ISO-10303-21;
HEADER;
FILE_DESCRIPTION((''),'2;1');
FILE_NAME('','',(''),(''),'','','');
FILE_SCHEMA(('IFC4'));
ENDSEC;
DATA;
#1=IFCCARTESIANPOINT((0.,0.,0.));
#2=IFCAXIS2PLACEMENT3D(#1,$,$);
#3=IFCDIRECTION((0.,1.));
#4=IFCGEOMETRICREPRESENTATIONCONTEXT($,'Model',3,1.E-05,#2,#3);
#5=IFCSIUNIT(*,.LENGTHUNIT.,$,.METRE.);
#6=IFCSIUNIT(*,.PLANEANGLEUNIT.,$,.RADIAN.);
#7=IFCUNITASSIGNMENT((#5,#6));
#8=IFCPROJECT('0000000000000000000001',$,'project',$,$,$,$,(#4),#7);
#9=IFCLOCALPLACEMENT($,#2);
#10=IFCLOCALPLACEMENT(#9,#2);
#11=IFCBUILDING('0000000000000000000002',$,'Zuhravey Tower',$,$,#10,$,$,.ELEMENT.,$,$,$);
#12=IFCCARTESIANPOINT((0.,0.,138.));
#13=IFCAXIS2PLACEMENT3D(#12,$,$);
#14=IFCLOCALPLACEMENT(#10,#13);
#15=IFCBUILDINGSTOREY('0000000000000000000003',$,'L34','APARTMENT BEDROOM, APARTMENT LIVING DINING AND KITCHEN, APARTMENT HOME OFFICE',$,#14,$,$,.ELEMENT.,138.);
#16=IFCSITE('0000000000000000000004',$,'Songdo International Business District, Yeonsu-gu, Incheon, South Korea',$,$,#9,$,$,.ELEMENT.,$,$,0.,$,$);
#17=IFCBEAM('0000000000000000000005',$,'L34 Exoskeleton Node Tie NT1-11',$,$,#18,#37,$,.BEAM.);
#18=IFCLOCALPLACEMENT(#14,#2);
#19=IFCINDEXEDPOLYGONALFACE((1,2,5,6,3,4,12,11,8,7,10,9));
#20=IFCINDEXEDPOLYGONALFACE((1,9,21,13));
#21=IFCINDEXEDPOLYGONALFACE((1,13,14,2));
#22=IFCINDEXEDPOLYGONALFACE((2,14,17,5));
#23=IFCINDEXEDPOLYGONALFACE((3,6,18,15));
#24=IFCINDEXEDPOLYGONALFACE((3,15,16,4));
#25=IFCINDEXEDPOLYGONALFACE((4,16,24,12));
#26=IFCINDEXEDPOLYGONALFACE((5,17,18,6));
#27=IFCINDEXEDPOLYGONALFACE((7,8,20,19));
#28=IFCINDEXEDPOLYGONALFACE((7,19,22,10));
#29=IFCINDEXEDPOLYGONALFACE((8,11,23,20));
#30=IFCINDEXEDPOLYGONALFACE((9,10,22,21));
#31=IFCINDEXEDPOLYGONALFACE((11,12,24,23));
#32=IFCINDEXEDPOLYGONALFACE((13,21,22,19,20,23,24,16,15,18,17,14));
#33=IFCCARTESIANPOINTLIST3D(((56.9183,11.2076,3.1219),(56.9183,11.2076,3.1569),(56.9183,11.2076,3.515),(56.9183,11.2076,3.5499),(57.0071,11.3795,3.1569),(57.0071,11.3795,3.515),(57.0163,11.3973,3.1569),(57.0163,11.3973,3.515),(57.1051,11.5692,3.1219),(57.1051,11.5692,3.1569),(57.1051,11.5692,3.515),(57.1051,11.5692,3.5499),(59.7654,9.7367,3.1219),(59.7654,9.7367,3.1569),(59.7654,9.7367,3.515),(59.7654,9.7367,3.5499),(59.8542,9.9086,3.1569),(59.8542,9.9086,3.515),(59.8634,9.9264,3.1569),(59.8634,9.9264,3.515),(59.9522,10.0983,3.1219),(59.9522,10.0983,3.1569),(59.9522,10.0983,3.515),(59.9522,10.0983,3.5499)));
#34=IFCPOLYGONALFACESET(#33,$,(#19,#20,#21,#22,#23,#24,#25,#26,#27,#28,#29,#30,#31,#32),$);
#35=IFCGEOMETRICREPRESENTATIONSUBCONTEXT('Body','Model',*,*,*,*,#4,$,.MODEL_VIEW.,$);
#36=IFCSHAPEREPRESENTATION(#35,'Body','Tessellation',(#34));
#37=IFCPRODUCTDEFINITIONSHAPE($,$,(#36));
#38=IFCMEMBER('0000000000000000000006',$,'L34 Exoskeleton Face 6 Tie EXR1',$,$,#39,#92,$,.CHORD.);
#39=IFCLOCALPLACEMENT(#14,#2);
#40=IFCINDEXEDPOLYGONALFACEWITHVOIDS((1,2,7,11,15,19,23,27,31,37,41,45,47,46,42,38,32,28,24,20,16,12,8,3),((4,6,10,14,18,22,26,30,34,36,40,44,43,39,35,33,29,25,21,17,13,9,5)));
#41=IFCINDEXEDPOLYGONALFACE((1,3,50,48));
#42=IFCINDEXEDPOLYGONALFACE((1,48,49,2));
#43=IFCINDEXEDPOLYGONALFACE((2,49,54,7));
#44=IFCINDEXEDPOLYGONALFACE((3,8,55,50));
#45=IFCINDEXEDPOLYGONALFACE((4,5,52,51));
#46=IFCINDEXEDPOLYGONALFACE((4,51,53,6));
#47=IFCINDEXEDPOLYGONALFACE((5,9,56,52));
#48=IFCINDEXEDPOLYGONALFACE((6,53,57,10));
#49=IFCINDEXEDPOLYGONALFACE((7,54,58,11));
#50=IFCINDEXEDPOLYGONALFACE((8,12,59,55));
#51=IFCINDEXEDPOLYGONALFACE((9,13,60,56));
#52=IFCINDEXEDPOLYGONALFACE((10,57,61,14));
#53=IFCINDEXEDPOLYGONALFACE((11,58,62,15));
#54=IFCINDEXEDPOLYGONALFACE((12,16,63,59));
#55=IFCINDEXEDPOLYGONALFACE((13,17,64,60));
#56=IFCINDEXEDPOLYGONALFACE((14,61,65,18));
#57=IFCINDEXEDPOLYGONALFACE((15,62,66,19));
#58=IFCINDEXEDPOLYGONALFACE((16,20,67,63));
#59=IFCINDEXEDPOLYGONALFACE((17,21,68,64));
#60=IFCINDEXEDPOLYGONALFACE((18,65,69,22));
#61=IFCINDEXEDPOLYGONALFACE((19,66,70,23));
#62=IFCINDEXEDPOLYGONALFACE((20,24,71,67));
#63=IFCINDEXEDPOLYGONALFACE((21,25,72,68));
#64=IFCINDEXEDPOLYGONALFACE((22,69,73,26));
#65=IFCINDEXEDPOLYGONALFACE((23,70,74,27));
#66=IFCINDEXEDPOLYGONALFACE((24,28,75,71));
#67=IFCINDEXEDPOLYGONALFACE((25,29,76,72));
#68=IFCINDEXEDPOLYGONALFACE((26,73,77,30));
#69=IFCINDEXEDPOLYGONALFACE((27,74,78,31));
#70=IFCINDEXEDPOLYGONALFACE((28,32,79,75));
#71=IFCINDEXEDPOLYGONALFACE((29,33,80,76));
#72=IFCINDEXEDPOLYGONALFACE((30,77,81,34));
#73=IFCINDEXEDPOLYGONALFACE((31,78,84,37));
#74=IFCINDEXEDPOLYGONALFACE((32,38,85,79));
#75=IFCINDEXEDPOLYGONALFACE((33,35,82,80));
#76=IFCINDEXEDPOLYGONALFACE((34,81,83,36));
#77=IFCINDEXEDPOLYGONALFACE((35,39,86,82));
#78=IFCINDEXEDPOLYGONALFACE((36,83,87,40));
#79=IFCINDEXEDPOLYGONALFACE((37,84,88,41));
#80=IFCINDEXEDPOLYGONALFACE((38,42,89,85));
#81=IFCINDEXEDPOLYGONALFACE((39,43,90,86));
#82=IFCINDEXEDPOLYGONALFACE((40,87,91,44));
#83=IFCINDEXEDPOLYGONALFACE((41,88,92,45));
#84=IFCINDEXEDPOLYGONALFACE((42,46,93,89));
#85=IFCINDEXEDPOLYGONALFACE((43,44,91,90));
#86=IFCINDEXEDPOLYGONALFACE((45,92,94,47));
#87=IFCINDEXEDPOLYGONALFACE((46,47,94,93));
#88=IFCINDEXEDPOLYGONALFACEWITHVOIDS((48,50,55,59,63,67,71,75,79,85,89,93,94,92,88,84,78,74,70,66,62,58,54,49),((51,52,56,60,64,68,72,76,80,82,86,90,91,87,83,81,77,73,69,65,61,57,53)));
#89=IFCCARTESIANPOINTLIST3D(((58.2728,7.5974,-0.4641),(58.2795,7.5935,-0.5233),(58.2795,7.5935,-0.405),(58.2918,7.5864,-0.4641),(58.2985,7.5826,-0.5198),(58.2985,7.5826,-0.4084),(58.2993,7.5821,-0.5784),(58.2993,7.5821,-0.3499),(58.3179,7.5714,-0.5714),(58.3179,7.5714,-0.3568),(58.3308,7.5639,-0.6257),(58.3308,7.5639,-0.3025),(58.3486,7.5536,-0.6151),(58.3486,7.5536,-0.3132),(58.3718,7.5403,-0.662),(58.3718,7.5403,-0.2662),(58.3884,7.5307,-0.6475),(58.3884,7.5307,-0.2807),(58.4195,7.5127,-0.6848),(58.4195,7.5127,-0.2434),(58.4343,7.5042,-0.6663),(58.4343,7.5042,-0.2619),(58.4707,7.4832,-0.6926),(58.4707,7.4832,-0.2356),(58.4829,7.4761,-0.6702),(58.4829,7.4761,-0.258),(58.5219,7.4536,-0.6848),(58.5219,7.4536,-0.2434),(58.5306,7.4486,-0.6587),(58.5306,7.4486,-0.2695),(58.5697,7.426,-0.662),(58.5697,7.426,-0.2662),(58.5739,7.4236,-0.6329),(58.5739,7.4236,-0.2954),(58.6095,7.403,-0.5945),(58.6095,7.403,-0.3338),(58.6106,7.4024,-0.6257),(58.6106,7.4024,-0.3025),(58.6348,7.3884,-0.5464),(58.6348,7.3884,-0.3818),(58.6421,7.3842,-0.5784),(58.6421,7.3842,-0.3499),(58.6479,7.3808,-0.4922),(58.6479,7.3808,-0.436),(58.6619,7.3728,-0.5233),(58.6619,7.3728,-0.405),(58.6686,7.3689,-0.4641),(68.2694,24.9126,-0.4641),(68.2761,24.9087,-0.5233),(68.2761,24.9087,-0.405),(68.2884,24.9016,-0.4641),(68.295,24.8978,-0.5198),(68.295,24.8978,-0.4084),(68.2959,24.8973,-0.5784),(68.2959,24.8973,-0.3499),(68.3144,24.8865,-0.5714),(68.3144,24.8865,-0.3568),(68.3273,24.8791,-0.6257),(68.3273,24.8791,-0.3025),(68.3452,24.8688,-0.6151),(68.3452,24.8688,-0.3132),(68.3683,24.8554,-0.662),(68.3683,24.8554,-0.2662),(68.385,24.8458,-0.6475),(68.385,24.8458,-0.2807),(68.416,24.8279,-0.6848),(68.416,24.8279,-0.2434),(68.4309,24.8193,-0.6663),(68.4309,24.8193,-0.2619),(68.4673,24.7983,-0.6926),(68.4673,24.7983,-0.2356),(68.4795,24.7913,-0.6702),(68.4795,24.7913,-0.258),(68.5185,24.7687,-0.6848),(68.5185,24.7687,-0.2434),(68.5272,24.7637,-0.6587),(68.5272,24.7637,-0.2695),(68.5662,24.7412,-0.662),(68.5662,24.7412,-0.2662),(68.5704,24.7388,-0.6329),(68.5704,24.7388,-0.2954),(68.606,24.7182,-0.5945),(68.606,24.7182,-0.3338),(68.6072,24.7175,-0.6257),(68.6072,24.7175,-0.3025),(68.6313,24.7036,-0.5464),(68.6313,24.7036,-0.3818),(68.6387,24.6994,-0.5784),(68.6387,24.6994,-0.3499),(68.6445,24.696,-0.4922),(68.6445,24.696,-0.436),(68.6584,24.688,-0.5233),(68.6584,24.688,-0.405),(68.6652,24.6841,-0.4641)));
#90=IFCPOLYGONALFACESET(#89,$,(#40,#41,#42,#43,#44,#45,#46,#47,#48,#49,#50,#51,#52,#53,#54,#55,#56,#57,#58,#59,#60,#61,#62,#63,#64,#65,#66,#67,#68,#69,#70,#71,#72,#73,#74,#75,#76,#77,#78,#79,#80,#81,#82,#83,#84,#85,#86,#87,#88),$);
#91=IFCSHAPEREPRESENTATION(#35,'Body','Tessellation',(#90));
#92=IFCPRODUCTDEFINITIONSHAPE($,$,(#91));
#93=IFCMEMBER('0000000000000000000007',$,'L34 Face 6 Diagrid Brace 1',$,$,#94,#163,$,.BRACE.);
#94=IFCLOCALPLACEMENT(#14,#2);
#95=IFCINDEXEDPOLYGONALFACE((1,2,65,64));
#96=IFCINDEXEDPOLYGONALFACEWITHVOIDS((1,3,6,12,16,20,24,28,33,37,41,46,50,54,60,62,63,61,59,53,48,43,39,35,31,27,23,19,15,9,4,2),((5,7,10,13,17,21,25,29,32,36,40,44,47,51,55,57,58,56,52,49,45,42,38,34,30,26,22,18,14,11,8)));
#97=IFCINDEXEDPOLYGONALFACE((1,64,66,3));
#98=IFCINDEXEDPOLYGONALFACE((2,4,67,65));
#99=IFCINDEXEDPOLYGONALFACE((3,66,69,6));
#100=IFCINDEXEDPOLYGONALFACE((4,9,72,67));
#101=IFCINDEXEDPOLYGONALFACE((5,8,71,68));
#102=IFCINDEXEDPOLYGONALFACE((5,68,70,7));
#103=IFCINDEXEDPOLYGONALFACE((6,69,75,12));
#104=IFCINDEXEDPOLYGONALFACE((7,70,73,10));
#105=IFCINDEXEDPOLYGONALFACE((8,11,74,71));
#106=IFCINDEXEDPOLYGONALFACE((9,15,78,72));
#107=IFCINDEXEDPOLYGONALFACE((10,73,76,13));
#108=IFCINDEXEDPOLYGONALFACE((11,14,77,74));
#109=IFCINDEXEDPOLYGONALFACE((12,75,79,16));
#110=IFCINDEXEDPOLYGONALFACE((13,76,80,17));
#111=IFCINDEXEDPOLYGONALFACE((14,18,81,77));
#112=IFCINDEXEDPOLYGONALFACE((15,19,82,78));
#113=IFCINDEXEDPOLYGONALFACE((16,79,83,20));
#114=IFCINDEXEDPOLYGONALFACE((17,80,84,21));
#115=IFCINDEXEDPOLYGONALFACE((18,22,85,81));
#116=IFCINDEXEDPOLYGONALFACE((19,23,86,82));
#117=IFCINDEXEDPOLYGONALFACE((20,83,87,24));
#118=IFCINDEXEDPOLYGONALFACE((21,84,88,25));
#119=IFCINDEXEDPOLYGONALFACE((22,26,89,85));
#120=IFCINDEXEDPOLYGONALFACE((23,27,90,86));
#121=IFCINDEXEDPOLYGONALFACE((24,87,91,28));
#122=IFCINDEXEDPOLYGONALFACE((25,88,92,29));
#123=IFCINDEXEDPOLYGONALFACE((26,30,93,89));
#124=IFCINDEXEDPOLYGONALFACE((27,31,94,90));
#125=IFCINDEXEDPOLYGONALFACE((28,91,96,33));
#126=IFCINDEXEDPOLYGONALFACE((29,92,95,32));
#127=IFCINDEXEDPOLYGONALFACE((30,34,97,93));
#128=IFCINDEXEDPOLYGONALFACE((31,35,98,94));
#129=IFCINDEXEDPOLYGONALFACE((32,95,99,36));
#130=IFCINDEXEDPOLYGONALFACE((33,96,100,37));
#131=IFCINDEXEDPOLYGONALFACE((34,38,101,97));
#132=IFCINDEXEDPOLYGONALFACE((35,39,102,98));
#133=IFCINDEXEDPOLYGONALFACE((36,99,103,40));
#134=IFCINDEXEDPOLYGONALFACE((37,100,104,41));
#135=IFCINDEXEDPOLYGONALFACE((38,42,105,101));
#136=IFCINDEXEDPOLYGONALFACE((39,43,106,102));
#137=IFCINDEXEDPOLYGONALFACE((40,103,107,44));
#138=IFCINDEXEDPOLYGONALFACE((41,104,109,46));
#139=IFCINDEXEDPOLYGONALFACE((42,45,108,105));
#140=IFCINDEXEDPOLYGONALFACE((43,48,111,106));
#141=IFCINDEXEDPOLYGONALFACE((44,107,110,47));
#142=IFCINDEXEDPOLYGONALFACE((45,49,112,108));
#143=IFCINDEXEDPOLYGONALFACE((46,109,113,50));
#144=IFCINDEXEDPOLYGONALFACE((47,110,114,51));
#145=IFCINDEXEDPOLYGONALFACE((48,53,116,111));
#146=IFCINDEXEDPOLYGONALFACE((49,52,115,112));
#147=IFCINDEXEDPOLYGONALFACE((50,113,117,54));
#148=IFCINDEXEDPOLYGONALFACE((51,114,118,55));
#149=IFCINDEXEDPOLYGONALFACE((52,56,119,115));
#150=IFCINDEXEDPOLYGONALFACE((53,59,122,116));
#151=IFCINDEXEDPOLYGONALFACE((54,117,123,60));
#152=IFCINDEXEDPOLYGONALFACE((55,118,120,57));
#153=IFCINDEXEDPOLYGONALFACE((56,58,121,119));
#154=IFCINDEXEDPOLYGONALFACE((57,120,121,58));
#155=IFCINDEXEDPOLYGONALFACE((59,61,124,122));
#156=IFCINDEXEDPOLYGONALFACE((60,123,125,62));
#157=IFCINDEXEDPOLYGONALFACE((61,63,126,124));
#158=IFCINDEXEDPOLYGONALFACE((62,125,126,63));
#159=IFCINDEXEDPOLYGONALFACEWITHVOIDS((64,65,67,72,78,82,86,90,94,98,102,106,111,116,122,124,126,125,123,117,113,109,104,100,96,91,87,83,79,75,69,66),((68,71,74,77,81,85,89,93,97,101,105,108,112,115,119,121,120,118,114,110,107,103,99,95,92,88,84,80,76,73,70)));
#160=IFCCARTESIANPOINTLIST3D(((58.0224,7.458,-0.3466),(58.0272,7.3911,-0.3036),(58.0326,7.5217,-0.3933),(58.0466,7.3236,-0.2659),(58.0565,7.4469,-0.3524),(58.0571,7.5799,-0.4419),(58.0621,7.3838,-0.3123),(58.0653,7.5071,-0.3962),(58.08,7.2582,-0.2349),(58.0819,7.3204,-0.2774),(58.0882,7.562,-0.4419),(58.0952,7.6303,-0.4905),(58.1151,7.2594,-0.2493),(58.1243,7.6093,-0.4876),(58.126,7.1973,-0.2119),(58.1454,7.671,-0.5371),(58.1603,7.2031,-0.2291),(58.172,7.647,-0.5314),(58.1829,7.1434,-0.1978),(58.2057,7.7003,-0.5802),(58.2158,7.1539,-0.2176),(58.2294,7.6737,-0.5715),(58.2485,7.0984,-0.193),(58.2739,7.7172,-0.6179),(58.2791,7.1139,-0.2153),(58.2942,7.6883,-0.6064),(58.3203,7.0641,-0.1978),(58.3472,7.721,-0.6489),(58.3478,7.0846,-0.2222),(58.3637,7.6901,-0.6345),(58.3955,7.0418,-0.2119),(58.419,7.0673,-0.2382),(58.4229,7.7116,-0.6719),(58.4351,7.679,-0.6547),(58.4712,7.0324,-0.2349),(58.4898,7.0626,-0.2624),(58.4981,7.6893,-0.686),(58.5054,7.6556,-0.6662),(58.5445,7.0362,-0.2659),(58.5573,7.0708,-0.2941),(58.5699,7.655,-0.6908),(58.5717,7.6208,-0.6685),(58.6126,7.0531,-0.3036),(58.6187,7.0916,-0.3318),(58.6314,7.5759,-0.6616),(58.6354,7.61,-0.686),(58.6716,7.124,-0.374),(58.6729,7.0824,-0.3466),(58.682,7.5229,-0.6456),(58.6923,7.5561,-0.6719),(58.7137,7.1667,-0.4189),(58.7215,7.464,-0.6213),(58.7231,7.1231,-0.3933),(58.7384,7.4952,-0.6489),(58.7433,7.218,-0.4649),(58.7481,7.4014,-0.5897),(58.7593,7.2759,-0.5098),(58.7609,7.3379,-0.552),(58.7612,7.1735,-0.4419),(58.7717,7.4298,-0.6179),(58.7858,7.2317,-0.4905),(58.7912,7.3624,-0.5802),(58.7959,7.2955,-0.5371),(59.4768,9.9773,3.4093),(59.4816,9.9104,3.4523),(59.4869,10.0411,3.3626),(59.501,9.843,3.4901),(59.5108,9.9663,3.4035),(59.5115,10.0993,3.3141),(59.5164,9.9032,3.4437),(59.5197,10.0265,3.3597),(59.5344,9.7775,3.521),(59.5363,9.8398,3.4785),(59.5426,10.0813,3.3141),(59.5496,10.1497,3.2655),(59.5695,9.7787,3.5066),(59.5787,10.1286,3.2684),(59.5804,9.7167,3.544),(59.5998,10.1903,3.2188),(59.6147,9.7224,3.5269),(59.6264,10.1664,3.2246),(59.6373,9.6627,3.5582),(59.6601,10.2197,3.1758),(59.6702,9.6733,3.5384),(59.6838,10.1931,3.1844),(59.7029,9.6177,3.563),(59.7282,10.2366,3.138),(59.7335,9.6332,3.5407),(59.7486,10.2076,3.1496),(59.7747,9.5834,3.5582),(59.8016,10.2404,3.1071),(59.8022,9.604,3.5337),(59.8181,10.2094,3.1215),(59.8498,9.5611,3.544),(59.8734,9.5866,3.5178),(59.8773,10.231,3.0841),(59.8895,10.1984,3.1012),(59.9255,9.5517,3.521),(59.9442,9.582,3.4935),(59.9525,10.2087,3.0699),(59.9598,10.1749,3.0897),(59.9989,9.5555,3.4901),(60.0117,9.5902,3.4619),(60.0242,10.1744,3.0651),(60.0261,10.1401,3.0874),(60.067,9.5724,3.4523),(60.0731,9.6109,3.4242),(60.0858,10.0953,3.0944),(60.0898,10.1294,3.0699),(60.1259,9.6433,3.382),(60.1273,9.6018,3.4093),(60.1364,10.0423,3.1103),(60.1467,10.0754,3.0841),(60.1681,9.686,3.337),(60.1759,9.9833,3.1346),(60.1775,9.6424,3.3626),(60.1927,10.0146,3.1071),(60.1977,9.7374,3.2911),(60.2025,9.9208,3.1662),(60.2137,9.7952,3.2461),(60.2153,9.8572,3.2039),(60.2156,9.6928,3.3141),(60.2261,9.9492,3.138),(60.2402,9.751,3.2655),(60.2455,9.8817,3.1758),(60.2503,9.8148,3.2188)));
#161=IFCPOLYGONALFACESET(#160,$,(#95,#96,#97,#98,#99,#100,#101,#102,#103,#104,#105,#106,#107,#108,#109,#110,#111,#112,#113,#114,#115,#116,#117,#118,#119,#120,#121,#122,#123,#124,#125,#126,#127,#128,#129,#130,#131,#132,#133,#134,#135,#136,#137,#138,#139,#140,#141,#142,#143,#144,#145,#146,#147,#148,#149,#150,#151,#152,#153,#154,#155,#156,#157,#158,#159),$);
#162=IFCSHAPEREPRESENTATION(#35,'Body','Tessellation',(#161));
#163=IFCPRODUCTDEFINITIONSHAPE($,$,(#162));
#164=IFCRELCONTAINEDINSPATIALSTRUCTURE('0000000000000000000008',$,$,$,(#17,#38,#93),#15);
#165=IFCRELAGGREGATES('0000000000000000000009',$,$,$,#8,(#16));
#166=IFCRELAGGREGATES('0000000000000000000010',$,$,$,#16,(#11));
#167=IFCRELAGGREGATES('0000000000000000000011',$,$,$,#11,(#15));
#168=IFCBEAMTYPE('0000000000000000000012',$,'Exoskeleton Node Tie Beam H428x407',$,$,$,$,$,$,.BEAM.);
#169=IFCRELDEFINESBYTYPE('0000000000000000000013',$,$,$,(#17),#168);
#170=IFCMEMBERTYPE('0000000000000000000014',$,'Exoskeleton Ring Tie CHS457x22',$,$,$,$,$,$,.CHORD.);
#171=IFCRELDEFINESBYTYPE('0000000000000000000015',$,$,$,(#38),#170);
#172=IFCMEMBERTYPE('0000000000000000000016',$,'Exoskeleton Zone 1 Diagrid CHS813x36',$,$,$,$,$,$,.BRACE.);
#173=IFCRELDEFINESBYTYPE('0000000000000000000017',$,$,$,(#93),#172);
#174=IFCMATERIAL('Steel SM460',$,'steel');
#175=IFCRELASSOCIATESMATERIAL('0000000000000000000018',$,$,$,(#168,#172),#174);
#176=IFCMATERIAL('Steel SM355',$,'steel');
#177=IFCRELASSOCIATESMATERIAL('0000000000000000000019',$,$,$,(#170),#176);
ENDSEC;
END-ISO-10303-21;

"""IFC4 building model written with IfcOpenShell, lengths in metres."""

from ifc_helpers import new_model, si_unit, direction, frame, origin, origin_2d, place, context, subcontext, project, spatial, hollow_circle, i_section, extrude, material, material_profile, profile_set, type_object, element, save


model = new_model("IFC4")

# Units and contexts
model_context = context("Model", 3, precision=1e-05, world=origin(), true_north=direction((0.0, 1.0)))
body_context = subcontext(model_context, "Body", "Model", "MODEL_VIEW")
ifc_project = project(units=[si_unit("LENGTHUNIT", "METRE"), si_unit("PLANEANGLEUNIT", "RADIAN")], contexts=[model_context])

# Site, building, storey
site_placement = place(None, origin())
site = spatial("IfcSite", under=ifc_project, at=site_placement, Name="Songdo International Business District, Yeonsu-gu, Incheon, South Korea", CompositionType="ELEMENT", RefElevation=0.0)
building_placement = place(site_placement, origin())
building = spatial("IfcBuilding", under=site, at=building_placement, Name="Zuhravey Tower", CompositionType="ELEMENT")
storey_placement = place(building_placement, frame((0.0, 0.0, 138.0)))
storey = spatial("IfcBuildingStorey", under=building, at=storey_placement, Name="L34", Description="APARTMENT BEDROOM, APARTMENT LIVING DINING AND KITCHEN, APARTMENT HOME OFFICE", CompositionType="ELEMENT", Elevation=138.0)

# Beam
ifc_material_1 = material(Name="Steel SM460", Category="steel")
ifc_material_profile_1 = material_profile(ifc_material_1, i_section(OverallWidth=0.407, OverallDepth=0.428, WebThickness=0.02, FlangeThickness=0.0349, at=origin_2d()), Name="H-428x407x20x35")
ifc_profile_set_1 = profile_set([ifc_material_profile_1], Name="Steel SM460")
beam_type_1 = type_object("IfcBeamType", Name="Exoskeleton Node Tie Beam H428x407", PredefinedType="BEAM", material=ifc_profile_set_1)
beam_1_placement = place(storey_placement, frame((57.0117, 11.3884, 3.3359), z_axis=(0.888437, -0.458998, 0.0), x_axis=(0.458998, 0.888437, 0.0)))
element("IfcBeam", 1, at=beam_1_placement, inside=storey, type_object=beam_type_1, Name="L34 Exoskeleton Node Tie NT1-11", PredefinedType="BEAM", context=body_context, shape_type="SweptSolid", body=[
    extrude(i_section(OverallWidth=0.407, OverallDepth=0.428, WebThickness=0.02, FlangeThickness=0.0349, at=origin_2d()), origin(), (0.0, 0.0, 1.0), 3.2046),
])

# Members
ifc_material_2 = material(Name="Steel SM355", Category="steel")
ifc_material_profile_2 = material_profile(ifc_material_2, hollow_circle(Radius=0.2285, WallThickness=0.022, at=origin_2d()), Name="CHS-457.2x22")
ifc_profile_set_2 = profile_set([ifc_material_profile_2], Name="Steel SM355")
member_type_1 = type_object("IfcMemberType", Name="Exoskeleton Ring Tie CHS457x22", PredefinedType="CHORD", material=ifc_profile_set_2)
member_1_placement = place(storey_placement, frame((58.4707, 7.4832, -0.4641), z_axis=(0.499987, 0.866033, 0.0), x_axis=(-0.866033, 0.499987, 0.0)))
element("IfcMember", 2, at=member_1_placement, inside=storey, type_object=member_type_1, Name="L34 Exoskeleton Face 6 Tie EXR1", PredefinedType="CHORD", context=body_context, shape_type="SweptSolid", body=[
    extrude(hollow_circle(Radius=0.2285, WallThickness=0.022, at=origin_2d()), origin(), (0.0, 0.0, 1.0), 19.9937),
])
ifc_material_profile_3 = material_profile(ifc_material_1, hollow_circle(Radius=0.4065, WallThickness=0.0359, at=origin_2d()), Name="CHS-812.8x36")
ifc_profile_set_3 = profile_set([ifc_material_profile_3], Name="Steel SM460")
member_type_2 = type_object("IfcMemberType", Name="Exoskeleton Zone 1 Diagrid CHS813x36", PredefinedType="BRACE", material=ifc_profile_set_3)
member_2_placement = place(storey_placement, frame((58.4092, 7.3767, -0.4419), z_axis=(0.306138, 0.530307, 0.790604), x_axis=(-0.86605, 0.499957, 0.0)))
element("IfcMember", 3, at=member_2_placement, inside=storey, type_object=member_type_2, Name="L34 Face 6 Diagrid Brace 1", PredefinedType="BRACE", context=body_context, shape_type="SweptSolid", body=[
    extrude(hollow_circle(Radius=0.4065, WallThickness=0.0359, at=origin_2d()), origin(), (0.0, 0.0, 1.0), 4.7507),
])

save(model, "model.ifc")
